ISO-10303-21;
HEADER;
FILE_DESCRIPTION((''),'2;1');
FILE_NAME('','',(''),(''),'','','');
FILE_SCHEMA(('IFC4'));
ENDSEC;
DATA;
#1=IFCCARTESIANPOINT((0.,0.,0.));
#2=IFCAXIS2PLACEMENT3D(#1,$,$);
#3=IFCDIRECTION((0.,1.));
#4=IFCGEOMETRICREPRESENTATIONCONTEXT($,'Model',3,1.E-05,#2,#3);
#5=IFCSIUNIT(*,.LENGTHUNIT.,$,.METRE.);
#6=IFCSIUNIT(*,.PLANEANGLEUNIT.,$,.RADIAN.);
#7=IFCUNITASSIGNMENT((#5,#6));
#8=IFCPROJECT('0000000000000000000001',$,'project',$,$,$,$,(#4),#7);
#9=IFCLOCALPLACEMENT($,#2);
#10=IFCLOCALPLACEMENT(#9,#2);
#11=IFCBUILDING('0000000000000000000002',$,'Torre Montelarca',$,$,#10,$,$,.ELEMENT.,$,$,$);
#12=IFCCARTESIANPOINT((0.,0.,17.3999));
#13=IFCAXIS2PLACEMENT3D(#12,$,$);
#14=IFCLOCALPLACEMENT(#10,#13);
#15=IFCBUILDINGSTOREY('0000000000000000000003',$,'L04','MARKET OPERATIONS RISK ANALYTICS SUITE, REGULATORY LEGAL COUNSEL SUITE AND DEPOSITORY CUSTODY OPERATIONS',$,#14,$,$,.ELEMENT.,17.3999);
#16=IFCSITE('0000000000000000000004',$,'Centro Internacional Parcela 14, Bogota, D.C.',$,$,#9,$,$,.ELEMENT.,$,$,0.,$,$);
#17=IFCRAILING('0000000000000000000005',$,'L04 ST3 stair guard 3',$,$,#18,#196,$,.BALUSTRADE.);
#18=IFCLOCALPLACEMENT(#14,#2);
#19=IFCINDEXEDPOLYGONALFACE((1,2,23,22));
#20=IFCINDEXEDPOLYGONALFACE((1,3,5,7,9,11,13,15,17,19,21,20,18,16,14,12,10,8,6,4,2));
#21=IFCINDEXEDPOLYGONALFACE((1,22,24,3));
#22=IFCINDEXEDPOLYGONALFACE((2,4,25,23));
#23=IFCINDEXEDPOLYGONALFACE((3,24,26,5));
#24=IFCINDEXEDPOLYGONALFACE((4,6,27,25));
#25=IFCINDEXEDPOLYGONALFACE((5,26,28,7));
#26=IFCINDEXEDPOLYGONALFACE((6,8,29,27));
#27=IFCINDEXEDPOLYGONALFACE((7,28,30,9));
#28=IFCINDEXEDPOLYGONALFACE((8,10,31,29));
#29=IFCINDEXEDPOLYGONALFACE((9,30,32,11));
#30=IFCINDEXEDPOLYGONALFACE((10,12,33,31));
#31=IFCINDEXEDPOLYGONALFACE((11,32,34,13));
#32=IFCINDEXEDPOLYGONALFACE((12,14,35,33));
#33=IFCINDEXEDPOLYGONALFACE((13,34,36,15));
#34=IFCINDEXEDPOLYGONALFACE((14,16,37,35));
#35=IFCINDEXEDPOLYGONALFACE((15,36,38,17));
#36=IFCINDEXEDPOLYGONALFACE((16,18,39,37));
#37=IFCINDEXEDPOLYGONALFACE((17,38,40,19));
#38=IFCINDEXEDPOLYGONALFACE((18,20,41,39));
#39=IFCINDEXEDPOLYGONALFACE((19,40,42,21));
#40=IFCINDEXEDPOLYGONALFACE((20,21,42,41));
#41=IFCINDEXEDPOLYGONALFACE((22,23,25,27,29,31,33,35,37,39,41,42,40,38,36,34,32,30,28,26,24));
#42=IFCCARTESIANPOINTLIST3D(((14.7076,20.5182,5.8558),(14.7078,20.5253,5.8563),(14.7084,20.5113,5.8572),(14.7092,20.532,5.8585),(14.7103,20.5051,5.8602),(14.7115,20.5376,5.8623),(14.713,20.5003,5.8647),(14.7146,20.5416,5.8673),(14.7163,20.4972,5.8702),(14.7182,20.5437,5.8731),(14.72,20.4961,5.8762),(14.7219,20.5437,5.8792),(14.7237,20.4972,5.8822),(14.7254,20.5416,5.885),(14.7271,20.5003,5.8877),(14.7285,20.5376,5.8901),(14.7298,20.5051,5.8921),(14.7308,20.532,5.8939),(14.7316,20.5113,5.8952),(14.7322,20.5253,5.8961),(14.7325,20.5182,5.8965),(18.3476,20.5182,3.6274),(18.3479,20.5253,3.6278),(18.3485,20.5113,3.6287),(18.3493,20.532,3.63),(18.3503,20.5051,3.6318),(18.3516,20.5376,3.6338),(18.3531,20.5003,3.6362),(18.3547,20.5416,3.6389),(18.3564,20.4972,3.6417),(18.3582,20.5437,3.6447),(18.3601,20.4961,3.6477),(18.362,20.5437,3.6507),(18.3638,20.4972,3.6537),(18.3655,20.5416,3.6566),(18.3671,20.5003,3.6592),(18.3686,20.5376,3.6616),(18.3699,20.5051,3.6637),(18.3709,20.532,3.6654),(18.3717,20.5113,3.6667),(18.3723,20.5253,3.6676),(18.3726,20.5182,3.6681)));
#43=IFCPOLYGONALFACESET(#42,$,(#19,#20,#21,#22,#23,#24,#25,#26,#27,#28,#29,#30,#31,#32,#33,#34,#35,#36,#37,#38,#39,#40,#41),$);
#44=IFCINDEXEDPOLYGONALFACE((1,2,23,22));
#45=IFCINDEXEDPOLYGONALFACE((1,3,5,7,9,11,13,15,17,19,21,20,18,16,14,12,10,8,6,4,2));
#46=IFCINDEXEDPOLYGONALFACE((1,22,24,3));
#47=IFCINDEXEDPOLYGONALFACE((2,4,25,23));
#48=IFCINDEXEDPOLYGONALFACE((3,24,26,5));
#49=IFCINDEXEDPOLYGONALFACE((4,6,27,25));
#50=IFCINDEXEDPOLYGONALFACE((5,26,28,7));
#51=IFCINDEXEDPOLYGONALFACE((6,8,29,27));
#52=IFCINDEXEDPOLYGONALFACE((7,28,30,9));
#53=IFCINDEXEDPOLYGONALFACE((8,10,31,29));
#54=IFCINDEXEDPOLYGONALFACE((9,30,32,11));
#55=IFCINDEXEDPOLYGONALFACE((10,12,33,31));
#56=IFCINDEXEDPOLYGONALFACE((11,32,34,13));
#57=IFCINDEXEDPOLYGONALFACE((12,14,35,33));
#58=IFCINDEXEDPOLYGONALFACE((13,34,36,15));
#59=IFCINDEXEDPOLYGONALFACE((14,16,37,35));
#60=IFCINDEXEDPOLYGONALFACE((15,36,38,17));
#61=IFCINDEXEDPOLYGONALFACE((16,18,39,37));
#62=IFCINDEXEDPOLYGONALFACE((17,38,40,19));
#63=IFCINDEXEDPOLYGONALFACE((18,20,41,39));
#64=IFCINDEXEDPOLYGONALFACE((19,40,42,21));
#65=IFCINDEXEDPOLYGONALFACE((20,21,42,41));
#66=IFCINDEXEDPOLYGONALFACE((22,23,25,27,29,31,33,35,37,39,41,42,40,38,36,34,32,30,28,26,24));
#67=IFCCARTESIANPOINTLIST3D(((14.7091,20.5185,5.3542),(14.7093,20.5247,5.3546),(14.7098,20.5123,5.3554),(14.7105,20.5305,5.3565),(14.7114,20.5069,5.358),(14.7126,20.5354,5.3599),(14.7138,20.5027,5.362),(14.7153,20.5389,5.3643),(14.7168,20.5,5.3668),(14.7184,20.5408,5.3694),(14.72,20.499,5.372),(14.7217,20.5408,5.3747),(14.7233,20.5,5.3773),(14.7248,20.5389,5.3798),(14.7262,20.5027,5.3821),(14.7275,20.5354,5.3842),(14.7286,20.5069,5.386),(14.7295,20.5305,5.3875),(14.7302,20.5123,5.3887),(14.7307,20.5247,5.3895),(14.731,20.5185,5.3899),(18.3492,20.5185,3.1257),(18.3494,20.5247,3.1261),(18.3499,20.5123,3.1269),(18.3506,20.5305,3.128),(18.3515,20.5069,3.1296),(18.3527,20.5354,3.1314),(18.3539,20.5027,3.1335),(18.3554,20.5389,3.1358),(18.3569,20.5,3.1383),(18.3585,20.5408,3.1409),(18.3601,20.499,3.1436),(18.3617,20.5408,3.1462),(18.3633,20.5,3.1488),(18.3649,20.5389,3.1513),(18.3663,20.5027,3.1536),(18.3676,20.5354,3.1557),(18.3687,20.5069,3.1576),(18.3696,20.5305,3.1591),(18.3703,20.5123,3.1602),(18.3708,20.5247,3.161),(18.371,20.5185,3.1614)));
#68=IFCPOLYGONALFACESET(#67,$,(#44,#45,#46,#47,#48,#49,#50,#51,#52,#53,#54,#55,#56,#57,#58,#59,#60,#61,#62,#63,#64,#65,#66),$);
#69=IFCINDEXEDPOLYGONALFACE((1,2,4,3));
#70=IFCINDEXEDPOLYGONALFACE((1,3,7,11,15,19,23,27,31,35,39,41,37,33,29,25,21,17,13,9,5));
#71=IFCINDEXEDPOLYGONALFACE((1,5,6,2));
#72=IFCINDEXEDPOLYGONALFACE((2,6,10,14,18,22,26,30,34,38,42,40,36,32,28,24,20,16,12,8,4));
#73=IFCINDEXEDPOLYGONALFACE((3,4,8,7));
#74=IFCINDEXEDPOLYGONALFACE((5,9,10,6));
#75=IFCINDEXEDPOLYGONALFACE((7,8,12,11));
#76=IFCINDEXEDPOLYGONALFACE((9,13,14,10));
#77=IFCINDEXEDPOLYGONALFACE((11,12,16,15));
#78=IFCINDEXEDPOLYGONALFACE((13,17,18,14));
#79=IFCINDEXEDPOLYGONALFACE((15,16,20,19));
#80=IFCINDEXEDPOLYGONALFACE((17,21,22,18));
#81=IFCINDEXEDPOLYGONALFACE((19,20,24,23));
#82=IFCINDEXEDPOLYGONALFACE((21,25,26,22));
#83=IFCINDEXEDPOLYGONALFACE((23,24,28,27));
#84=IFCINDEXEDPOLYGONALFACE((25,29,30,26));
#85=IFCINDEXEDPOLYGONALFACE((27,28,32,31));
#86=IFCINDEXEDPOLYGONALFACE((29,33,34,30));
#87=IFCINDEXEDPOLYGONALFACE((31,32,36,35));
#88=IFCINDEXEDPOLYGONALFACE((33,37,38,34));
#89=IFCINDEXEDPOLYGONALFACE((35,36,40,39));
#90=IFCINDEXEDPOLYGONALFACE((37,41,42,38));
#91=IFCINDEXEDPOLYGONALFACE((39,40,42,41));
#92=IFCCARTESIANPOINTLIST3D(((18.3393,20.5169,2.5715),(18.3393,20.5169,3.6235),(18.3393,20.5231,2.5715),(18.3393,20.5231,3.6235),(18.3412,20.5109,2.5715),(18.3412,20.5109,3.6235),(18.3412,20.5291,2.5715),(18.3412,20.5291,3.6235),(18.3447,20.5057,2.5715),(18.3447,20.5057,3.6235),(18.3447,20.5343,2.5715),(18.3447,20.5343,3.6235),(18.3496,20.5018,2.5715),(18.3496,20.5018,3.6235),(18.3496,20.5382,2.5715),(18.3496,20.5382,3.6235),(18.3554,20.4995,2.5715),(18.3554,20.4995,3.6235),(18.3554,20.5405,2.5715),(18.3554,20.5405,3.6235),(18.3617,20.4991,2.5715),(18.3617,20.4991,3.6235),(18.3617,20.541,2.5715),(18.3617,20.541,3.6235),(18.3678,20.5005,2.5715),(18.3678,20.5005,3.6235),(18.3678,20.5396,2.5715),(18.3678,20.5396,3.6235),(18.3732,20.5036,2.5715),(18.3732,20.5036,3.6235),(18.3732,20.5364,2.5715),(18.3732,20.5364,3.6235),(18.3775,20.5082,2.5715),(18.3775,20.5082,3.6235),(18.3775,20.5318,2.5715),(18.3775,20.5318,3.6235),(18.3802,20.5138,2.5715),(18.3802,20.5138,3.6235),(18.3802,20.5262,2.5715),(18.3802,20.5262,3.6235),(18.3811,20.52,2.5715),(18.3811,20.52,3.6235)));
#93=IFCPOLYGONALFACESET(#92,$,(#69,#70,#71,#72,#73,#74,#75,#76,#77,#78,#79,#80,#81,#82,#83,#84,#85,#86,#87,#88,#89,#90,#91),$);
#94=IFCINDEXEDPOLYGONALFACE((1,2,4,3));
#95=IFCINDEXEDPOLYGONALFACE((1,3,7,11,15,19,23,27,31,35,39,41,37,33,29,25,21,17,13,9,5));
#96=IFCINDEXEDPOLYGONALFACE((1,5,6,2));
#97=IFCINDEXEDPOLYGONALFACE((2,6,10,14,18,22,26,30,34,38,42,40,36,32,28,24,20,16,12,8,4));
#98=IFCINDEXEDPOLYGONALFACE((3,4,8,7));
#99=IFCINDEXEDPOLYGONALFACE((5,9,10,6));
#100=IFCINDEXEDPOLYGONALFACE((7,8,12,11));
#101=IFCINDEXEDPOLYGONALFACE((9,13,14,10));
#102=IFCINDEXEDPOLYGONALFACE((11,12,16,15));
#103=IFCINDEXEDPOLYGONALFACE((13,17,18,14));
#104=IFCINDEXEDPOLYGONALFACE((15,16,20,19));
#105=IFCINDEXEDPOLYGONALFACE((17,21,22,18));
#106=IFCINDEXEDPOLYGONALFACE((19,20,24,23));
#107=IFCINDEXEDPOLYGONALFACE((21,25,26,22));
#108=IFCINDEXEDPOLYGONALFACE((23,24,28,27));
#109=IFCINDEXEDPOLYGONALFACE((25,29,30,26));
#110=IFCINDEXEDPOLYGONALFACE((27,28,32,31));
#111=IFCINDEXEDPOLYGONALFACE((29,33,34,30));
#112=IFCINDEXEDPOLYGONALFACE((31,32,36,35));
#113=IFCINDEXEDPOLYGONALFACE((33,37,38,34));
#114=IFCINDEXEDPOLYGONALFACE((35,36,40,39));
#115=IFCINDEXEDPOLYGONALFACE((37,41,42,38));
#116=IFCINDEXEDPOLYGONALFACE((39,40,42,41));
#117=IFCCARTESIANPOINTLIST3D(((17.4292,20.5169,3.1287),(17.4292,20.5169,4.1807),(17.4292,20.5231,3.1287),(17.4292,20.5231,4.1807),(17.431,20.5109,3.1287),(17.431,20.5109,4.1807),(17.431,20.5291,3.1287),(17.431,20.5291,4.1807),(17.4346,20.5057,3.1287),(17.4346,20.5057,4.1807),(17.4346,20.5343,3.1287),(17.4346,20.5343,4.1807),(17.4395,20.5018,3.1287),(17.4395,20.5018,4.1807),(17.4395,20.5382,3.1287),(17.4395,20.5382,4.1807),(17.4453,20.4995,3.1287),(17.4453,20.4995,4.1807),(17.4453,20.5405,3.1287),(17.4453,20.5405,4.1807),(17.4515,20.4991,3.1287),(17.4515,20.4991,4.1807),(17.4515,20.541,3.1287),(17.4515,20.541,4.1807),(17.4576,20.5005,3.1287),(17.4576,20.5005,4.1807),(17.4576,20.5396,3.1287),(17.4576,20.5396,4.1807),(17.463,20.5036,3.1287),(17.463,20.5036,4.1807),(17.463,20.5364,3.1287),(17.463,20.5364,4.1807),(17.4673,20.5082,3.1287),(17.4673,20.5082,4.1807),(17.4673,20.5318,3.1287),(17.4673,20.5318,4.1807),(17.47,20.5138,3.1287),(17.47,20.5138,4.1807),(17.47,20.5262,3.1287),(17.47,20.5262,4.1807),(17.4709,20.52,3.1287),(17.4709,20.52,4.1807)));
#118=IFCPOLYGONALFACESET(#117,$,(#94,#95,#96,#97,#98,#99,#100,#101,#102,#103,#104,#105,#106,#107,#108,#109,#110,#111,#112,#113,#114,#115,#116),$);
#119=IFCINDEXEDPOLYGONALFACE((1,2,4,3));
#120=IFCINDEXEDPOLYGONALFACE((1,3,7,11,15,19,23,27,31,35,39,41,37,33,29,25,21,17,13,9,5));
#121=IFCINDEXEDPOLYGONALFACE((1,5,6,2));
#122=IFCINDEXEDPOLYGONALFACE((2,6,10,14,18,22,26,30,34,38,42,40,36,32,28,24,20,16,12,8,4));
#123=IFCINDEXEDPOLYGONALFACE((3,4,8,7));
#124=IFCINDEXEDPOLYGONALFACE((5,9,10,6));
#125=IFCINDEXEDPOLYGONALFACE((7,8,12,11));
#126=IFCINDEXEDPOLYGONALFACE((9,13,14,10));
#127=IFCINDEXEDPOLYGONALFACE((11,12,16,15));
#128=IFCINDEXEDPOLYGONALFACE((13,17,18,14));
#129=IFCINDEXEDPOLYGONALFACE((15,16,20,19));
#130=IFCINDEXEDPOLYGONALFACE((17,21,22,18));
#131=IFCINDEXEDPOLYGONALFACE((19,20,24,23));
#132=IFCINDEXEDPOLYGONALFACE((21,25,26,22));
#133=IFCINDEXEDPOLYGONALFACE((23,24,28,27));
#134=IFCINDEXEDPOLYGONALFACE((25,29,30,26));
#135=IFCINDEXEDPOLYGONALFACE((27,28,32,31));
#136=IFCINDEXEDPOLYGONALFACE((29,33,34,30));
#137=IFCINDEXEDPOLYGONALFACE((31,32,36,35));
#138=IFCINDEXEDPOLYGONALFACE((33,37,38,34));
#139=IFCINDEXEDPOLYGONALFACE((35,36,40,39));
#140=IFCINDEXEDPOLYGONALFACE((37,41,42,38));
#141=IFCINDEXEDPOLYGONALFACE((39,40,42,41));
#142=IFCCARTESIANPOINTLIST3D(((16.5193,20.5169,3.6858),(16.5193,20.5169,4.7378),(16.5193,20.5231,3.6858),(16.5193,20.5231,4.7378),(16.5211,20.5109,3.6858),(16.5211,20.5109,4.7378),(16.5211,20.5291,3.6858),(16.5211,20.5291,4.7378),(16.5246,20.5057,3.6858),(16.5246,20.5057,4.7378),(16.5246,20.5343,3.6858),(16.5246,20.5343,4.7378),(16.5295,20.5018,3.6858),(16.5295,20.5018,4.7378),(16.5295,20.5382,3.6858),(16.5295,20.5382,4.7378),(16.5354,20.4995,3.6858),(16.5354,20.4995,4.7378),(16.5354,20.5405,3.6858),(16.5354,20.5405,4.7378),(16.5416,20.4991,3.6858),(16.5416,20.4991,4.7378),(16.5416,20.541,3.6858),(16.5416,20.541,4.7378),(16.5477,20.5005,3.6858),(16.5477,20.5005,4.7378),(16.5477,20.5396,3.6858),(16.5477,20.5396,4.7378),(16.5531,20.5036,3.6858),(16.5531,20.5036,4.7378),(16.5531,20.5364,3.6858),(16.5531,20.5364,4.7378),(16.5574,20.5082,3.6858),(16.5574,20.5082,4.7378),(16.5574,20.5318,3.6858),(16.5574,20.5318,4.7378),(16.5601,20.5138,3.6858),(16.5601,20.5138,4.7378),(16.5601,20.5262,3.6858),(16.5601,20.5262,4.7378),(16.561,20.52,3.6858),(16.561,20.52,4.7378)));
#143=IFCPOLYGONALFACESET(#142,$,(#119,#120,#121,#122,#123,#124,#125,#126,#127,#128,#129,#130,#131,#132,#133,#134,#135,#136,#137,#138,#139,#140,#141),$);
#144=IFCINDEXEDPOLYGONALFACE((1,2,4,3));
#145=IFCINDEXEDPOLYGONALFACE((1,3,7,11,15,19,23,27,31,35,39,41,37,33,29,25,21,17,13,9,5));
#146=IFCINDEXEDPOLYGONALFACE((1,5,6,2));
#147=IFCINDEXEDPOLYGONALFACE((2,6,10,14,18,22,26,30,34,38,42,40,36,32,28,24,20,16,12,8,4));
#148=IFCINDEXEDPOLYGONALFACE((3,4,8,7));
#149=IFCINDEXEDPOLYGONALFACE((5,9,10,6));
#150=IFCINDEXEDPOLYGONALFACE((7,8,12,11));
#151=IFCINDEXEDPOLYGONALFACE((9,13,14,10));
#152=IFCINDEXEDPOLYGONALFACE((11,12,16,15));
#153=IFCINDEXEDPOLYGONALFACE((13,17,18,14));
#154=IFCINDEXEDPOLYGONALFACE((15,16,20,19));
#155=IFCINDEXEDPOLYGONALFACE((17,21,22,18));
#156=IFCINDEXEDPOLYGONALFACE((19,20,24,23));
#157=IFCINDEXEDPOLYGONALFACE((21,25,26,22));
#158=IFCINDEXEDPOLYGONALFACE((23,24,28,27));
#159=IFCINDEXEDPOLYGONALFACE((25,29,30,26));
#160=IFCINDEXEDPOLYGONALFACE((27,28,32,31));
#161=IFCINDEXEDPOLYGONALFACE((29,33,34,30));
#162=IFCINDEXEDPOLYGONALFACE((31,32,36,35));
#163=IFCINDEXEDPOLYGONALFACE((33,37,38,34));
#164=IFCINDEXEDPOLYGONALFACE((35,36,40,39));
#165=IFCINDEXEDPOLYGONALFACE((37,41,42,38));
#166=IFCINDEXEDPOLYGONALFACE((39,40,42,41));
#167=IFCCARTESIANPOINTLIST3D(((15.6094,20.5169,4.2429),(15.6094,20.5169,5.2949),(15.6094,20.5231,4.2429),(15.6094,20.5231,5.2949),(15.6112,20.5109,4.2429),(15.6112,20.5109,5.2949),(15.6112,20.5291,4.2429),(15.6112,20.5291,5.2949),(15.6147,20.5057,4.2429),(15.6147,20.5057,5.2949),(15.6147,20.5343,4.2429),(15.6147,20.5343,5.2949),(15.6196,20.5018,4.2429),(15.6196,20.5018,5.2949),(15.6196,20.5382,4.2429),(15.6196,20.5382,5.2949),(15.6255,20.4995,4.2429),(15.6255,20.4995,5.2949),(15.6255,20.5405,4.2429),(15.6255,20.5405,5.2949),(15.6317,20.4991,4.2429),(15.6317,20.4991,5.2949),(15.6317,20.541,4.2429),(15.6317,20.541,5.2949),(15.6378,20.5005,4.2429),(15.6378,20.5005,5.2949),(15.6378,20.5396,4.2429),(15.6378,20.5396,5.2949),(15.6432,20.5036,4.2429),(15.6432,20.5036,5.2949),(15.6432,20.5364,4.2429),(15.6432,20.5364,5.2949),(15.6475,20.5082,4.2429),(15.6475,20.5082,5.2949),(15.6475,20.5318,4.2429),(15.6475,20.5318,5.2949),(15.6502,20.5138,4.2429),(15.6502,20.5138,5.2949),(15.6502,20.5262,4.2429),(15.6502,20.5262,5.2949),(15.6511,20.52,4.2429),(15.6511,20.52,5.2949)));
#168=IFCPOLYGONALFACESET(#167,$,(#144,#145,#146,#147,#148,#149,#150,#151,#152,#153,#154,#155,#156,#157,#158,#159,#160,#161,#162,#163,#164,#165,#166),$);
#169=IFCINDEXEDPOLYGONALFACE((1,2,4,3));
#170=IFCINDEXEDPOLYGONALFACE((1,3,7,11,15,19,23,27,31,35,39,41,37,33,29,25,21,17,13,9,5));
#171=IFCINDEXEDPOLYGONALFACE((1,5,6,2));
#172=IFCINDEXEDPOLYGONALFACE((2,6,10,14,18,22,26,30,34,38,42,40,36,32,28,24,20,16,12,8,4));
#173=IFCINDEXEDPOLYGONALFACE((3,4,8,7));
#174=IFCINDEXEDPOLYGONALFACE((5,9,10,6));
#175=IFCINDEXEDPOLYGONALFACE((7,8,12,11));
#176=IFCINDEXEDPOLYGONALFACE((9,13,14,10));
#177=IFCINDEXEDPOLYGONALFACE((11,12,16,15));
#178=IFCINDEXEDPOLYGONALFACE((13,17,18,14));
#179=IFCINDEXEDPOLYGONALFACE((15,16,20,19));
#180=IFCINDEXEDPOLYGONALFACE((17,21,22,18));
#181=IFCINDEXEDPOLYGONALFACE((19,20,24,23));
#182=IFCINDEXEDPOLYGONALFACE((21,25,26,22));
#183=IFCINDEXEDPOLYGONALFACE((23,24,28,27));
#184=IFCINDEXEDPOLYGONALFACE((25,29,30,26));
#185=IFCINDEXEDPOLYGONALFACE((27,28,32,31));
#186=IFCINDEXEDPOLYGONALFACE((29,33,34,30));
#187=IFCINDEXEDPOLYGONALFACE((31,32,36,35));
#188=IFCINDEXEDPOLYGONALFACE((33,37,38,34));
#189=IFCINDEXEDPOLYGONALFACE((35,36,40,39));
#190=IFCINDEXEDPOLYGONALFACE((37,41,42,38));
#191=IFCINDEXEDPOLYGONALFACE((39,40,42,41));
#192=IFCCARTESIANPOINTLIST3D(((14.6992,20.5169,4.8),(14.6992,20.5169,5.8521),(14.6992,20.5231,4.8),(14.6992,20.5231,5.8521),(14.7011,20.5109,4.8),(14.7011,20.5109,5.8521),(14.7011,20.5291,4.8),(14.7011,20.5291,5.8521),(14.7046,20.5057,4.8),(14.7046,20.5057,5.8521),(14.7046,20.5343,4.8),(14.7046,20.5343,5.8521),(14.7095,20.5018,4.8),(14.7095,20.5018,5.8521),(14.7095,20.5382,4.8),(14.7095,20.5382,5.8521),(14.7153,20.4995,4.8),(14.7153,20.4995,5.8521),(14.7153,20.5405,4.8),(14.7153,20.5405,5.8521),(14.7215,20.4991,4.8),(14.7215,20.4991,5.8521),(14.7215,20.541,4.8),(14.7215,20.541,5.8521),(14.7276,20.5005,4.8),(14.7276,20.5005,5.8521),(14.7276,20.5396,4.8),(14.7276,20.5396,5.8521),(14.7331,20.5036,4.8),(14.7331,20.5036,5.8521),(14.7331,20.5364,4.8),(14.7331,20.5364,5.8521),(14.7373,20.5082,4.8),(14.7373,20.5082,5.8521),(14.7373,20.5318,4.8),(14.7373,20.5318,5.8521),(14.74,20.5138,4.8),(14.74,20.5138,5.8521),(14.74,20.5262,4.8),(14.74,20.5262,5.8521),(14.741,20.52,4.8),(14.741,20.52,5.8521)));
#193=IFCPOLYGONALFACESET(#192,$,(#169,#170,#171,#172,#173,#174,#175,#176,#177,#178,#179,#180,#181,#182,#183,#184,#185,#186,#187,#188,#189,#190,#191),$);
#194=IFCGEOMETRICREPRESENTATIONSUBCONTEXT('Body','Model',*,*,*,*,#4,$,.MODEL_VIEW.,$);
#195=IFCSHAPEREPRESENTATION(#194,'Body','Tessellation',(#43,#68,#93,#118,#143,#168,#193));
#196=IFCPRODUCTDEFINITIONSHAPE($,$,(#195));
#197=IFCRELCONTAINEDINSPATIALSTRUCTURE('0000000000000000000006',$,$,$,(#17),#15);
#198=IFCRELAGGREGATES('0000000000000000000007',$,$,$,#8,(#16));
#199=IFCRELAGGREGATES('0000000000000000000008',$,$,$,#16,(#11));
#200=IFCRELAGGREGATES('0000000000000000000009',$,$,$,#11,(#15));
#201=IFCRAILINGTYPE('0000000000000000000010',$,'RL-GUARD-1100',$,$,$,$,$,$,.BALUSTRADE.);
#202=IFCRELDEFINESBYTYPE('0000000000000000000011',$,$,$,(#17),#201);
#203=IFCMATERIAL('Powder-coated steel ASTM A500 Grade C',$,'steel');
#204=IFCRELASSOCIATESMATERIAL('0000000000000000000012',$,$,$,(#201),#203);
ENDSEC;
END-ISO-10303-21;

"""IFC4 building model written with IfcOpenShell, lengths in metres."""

from ifc_helpers import new_model, si_unit, direction, frame, origin, origin_2d, place, context, subcontext, project, spatial, circle, extrude, material, type_object, element, save


model = new_model("IFC4")

# Units and contexts
model_context = context("Model", 3, precision=1e-05, world=origin(), true_north=direction((0.0, 1.0)))
body_context = subcontext(model_context, "Body", "Model", "MODEL_VIEW")
ifc_project = project(units=[si_unit("LENGTHUNIT", "METRE"), si_unit("PLANEANGLEUNIT", "RADIAN")], contexts=[model_context])

# Site, building, storey
site_placement = place(None, origin())
site = spatial("IfcSite", under=ifc_project, at=site_placement, Name="Centro Internacional Parcela 14, Bogota, D.C.", CompositionType="ELEMENT", RefElevation=0.0)
building_placement = place(site_placement, origin())
building = spatial("IfcBuilding", under=site, at=building_placement, Name="Torre Montelarca", CompositionType="ELEMENT")
storey_placement = place(building_placement, frame((0.0, 0.0, 17.3999)))
storey = spatial("IfcBuildingStorey", under=building, at=storey_placement, Name="L04", Description="MARKET OPERATIONS RISK ANALYTICS SUITE, REGULATORY LEGAL COUNSEL SUITE AND DEPOSITORY CUSTODY OPERATIONS", CompositionType="ELEMENT", Elevation=17.3999)

# Railing
ifc_material_1 = material(Name="Powder-coated steel ASTM A500 Grade C", Category="steel")
railing_type_1 = type_object("IfcRailingType", Name="RL-GUARD-1100", PredefinedType="BALUSTRADE", material=ifc_material_1)
railing_1_placement = place(storey_placement, frame((18.3601, 20.52, 2.5715)))
element("IfcRailing", 1, at=railing_1_placement, inside=storey, type_object=railing_type_1, Name="L04 ST3 stair guard 3", PredefinedType="BALUSTRADE", context=body_context, shape_type="SweptSolid", body=[
    extrude(circle(Radius=0.0239, at=origin_2d()), frame((0.0, 0.0, 1.0762), z_axis=(-0.852866, 0.0, 0.52213), x_axis=(0.0, -1.0, 0.0)), (0.0, 0.0, 1.0), 4.2681),
    extrude(circle(Radius=0.021, at=origin_2d()), frame((0.0, 0.0, 0.572), z_axis=(-0.852866, 0.0, 0.52213), x_axis=(0.0, -1.0, 0.0)), (0.0, 0.0, 1.0), 4.2681),
    extrude(circle(Radius=0.021, at=origin_2d()), origin(), (0.0, 0.0, 1.0), 1.052),
    extrude(circle(Radius=0.021, at=origin_2d()), frame((-0.9102, 0.0, 0.5571)), (0.0, 0.0, 1.0), 1.052),
    extrude(circle(Radius=0.021, at=origin_2d()), frame((-1.8201, 0.0, 1.1143)), (0.0, 0.0, 1.0), 1.052),
    extrude(circle(Radius=0.021, at=origin_2d()), frame((-2.73, 0.0, 1.6714)), (0.0, 0.0, 1.0), 1.052),
    extrude(circle(Radius=0.021, at=origin_2d()), frame((-3.6401, 0.0, 2.2285)), (0.0, 0.0, 1.0), 1.052),
])

save(model, "model.ifc")
